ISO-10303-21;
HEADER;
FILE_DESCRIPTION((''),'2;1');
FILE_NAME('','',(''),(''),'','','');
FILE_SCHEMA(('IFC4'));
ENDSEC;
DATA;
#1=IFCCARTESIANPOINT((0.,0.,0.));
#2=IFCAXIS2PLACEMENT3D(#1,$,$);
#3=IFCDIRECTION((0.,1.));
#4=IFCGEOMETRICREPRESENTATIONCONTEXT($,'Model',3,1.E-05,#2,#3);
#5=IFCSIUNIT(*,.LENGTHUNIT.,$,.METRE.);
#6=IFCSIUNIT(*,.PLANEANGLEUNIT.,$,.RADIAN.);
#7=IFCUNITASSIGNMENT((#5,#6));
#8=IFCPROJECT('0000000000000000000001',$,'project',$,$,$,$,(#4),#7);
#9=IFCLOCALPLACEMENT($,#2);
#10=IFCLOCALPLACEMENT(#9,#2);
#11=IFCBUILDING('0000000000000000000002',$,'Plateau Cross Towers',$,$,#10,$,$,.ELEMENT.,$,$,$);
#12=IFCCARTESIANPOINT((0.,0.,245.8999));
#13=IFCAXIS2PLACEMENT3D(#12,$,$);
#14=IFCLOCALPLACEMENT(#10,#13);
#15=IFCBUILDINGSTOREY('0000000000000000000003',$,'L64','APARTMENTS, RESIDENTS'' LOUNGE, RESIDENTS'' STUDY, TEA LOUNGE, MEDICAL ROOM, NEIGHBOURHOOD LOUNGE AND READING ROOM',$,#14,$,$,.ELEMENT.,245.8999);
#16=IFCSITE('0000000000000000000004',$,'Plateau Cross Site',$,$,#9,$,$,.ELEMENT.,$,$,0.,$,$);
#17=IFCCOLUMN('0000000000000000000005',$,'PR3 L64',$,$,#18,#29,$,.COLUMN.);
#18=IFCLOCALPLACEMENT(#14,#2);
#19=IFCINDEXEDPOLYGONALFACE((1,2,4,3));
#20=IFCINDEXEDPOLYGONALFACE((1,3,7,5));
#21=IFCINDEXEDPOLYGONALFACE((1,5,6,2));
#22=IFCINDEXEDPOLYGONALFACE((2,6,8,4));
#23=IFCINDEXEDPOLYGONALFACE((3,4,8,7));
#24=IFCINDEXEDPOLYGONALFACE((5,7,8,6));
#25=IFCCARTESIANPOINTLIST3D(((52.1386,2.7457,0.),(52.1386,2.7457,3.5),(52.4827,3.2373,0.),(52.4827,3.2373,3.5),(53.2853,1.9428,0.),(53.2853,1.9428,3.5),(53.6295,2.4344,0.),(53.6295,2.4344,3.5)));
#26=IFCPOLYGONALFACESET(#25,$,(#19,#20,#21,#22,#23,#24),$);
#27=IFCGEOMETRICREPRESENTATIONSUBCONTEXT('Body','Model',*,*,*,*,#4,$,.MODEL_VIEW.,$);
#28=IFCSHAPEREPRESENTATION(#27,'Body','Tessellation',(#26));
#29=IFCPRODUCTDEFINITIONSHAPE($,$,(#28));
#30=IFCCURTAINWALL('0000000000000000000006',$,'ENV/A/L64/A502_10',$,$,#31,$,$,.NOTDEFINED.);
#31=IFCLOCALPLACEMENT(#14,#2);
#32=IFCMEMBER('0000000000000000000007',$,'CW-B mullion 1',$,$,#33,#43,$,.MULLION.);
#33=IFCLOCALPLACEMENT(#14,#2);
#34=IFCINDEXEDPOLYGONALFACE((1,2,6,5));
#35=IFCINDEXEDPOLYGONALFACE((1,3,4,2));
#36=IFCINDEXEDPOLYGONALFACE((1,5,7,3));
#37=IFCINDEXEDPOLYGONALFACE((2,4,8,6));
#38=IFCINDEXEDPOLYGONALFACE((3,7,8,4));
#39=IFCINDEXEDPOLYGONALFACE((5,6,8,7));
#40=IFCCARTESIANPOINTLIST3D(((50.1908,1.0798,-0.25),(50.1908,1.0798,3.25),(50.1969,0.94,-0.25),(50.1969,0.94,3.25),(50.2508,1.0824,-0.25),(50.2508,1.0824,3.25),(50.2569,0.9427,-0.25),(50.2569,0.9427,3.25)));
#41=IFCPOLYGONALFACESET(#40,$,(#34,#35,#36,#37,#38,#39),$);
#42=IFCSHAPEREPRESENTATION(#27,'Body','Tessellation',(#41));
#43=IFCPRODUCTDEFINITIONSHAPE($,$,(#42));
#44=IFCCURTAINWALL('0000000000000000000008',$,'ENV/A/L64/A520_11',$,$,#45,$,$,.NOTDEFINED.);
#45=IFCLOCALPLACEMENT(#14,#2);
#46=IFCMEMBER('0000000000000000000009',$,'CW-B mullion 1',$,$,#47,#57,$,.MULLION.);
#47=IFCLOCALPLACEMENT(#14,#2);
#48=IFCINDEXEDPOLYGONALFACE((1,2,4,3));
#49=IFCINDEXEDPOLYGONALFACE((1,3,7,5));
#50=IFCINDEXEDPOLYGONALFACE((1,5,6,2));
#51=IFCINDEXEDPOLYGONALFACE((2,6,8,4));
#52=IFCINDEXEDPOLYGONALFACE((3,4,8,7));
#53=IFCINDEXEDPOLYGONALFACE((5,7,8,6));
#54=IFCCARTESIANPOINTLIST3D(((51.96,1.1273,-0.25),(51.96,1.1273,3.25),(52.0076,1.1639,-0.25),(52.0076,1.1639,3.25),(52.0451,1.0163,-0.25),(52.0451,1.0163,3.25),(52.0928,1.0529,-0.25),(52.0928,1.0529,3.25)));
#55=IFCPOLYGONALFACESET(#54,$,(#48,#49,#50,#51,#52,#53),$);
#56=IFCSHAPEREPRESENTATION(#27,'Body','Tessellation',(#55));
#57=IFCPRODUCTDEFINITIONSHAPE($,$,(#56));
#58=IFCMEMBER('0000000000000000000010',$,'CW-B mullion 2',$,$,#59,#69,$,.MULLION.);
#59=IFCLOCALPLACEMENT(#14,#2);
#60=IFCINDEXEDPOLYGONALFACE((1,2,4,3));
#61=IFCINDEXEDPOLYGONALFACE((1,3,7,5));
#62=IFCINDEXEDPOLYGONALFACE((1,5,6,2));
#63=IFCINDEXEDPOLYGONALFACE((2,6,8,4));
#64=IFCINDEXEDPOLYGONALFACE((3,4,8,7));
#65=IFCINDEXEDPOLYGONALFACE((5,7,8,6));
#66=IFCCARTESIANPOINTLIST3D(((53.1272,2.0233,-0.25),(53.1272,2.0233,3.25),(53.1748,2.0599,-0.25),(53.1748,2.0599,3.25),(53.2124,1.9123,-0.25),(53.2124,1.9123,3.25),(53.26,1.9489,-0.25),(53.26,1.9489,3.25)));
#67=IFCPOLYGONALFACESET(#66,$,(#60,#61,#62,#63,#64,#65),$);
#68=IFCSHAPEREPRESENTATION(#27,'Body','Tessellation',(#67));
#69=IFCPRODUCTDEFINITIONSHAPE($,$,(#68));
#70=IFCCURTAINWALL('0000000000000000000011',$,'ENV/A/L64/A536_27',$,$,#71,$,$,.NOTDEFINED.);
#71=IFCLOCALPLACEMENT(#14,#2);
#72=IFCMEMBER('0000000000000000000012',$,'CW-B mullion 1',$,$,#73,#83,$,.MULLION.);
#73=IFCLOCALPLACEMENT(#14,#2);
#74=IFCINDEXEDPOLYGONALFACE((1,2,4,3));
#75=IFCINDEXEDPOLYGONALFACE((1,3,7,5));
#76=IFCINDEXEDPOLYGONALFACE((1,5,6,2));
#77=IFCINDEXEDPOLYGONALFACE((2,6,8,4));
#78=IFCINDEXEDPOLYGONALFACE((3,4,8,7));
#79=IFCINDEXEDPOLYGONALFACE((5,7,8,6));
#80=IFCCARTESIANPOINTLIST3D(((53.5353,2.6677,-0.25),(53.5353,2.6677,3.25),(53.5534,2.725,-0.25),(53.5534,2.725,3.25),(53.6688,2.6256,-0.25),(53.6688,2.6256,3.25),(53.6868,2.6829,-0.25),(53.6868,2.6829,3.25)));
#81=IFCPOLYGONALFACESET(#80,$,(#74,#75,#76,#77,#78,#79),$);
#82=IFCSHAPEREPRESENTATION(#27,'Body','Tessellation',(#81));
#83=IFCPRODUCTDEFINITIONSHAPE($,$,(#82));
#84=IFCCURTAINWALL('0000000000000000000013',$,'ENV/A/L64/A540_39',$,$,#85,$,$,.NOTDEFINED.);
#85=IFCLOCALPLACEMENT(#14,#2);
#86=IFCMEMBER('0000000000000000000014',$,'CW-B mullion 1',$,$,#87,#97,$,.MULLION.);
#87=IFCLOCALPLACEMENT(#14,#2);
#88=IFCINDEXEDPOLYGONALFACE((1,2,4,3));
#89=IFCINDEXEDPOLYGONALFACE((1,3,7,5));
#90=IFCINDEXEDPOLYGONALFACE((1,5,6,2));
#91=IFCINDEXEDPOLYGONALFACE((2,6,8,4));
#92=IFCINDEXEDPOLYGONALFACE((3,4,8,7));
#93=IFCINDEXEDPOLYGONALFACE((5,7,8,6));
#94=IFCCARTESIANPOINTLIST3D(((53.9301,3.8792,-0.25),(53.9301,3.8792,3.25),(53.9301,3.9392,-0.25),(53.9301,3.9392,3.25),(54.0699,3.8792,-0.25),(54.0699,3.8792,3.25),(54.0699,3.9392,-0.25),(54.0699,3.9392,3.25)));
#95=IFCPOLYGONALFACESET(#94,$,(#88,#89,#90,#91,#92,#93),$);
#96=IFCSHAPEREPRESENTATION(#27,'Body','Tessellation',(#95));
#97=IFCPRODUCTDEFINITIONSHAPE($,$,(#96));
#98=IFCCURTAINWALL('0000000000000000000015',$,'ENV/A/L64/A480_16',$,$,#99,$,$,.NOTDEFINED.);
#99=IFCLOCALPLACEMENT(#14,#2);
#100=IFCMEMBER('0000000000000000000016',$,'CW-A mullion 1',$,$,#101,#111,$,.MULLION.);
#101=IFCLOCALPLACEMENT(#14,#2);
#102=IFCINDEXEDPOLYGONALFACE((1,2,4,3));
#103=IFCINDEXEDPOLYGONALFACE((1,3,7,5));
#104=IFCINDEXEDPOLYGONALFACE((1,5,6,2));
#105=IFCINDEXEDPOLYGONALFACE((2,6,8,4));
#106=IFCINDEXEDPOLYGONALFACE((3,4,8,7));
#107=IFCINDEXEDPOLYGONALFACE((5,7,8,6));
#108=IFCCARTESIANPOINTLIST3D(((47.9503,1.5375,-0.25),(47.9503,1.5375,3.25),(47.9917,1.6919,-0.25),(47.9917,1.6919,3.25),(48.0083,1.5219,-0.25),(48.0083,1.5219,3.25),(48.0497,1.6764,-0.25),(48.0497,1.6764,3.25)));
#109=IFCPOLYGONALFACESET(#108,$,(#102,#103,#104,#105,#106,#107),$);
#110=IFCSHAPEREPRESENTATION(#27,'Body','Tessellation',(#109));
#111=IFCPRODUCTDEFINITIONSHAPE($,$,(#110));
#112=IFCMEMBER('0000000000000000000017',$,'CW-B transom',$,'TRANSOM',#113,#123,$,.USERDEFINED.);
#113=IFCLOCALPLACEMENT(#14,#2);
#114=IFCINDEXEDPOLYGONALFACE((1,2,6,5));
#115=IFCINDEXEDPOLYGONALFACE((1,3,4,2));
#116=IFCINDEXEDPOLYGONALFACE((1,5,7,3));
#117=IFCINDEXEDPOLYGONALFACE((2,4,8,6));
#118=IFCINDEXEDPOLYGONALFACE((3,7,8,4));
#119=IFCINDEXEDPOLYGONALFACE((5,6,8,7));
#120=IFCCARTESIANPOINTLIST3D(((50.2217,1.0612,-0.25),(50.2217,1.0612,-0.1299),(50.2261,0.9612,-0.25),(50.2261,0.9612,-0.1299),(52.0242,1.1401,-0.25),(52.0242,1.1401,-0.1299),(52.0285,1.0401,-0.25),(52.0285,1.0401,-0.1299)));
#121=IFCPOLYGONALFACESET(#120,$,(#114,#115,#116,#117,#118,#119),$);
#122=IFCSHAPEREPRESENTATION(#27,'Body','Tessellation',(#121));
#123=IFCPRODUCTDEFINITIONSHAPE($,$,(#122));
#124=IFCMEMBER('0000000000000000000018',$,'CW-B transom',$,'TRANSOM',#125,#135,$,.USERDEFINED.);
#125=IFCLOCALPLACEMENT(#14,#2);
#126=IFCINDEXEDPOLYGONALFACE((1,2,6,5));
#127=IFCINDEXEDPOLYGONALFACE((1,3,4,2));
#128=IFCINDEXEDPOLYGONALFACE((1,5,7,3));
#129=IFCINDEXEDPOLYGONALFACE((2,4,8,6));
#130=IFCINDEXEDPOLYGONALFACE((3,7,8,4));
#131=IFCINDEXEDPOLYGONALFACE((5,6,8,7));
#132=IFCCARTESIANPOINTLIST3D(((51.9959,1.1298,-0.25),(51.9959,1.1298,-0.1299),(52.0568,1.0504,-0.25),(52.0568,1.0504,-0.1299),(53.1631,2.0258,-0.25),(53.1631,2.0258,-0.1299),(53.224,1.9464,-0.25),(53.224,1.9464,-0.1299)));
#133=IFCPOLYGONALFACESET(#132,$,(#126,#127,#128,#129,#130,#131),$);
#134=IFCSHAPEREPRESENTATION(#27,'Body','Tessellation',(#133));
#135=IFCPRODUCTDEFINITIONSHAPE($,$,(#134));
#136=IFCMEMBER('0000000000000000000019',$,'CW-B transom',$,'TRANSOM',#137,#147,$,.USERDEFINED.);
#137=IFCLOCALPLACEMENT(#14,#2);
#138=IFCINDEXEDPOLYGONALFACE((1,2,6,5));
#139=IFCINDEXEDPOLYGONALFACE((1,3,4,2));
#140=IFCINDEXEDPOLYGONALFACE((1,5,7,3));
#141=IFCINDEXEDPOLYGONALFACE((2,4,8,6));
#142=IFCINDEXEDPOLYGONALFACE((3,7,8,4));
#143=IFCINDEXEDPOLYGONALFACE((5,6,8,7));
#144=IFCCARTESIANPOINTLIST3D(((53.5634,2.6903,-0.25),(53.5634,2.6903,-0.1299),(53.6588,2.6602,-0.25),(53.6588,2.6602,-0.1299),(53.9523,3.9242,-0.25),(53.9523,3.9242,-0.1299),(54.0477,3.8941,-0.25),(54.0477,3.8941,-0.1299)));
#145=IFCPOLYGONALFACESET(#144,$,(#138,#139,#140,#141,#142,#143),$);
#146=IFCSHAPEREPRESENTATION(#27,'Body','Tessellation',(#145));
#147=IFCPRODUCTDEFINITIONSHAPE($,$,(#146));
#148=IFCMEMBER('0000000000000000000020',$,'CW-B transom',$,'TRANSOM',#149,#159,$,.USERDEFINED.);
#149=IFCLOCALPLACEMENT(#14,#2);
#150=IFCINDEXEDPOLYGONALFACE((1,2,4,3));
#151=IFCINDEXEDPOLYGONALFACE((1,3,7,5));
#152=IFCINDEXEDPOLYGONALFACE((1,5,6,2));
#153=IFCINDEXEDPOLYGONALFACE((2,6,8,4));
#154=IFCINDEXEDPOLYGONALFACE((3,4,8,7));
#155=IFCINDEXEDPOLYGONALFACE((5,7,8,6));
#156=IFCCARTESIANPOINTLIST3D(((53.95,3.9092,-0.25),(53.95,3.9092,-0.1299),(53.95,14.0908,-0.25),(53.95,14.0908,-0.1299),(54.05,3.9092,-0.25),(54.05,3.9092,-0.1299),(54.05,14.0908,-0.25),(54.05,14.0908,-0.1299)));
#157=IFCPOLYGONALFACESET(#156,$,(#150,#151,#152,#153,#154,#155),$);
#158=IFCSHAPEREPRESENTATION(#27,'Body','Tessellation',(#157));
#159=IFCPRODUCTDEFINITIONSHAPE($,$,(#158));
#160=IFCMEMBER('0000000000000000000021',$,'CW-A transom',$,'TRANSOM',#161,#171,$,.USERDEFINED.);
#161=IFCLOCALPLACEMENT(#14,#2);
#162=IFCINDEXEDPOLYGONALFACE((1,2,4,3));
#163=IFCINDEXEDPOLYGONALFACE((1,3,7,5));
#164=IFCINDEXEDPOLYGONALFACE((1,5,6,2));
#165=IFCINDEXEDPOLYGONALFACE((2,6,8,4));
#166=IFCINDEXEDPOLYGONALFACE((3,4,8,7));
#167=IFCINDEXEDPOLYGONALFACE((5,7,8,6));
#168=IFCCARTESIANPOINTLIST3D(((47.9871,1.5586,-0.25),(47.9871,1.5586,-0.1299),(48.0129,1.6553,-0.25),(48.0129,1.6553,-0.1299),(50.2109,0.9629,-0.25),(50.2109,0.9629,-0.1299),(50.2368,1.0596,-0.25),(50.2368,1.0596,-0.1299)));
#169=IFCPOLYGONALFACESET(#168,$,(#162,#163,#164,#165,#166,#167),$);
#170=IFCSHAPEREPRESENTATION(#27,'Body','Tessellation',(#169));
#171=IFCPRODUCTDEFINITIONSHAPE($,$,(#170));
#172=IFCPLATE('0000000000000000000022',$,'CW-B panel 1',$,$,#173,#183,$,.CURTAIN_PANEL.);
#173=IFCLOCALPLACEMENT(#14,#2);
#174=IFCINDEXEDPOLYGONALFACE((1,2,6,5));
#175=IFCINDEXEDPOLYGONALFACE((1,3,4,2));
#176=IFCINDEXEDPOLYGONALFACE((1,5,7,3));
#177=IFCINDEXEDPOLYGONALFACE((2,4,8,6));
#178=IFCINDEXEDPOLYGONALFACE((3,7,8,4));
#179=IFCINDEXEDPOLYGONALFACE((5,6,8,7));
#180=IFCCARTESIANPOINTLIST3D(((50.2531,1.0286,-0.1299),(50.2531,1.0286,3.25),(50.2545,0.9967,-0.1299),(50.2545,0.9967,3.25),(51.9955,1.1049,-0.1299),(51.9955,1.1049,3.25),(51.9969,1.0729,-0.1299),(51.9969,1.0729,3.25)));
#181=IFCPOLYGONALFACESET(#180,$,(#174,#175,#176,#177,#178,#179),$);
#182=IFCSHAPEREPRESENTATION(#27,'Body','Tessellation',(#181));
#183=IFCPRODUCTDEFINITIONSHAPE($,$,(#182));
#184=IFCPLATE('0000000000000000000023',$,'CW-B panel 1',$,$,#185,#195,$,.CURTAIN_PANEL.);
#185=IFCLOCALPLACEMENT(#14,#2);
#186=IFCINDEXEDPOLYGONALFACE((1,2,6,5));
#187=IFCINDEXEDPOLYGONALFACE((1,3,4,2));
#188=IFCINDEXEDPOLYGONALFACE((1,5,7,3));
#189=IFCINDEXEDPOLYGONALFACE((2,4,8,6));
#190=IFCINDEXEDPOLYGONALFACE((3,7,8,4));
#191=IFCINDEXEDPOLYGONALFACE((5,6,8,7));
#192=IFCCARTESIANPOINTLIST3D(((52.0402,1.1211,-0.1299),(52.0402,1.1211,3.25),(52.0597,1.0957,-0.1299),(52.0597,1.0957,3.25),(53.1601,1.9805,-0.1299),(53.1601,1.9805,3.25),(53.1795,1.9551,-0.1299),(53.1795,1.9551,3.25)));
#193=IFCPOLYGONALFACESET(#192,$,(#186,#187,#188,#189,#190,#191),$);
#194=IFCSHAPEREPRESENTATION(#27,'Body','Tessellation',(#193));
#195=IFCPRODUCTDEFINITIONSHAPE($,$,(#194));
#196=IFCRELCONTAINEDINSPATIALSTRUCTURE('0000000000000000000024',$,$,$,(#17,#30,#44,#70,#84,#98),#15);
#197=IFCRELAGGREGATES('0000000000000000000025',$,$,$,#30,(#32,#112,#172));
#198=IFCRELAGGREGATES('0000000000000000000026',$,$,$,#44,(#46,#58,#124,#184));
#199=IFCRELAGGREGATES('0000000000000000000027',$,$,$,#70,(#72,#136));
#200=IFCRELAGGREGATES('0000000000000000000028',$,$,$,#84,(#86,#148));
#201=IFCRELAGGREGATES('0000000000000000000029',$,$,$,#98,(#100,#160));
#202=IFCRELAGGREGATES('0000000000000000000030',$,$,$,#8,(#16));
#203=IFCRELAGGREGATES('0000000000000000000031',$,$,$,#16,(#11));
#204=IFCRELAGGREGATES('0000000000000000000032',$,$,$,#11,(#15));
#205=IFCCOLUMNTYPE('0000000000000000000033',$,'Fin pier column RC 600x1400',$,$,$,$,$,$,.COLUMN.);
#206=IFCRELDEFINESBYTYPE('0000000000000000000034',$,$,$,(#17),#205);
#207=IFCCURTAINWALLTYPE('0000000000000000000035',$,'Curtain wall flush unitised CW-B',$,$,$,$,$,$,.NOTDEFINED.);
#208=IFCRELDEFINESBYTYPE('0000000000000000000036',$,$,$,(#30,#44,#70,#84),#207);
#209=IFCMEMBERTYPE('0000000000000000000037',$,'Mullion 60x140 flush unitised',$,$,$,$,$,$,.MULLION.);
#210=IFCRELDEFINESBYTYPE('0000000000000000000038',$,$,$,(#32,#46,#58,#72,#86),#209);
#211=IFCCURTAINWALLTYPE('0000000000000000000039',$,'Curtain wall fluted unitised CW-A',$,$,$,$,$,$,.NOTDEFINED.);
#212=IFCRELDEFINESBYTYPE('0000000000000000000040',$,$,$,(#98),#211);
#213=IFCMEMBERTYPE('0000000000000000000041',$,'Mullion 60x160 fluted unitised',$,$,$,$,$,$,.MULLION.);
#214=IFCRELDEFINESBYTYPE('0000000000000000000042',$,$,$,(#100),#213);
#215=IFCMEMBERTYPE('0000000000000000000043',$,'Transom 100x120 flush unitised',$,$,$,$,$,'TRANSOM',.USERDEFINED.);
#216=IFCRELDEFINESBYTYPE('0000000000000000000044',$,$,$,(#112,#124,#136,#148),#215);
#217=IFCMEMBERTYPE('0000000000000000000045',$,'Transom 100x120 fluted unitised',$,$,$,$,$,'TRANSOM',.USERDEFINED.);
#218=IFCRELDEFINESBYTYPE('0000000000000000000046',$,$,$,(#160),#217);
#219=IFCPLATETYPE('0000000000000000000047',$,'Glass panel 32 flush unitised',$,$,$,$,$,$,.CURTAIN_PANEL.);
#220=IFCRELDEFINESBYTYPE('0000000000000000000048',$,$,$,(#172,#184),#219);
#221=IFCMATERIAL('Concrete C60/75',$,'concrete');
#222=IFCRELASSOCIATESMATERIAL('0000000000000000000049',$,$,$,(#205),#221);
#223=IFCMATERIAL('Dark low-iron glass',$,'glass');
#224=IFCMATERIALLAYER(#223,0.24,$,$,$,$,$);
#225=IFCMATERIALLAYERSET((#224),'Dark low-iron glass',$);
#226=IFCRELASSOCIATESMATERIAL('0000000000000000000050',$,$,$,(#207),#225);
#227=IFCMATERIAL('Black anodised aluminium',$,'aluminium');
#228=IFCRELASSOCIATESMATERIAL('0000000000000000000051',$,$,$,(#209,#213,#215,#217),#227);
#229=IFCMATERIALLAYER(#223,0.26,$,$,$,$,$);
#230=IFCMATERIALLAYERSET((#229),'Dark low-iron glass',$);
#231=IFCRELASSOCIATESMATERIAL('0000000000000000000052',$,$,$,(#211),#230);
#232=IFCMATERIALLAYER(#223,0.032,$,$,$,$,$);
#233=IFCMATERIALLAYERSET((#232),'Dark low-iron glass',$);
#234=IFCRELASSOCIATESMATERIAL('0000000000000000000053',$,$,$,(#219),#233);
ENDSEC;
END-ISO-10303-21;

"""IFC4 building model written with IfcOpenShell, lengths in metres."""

from ifc_helpers import new_model, si_unit, direction, frame, origin, origin_2d, place, context, subcontext, project, spatial, rectangle, extrude, material, layer, layer_set, material_profile, profile_set, type_object, element, aggregate, save


model = new_model("IFC4")

# Units and contexts
model_context = context("Model", 3, precision=1e-05, world=origin(), true_north=direction((0.0, 1.0)))
body_context = subcontext(model_context, "Body", "Model", "MODEL_VIEW")
ifc_project = project(units=[si_unit("LENGTHUNIT", "METRE"), si_unit("PLANEANGLEUNIT", "RADIAN")], contexts=[model_context])

# Site, building, storey
site_placement = place(None, origin())
site = spatial("IfcSite", under=ifc_project, at=site_placement, Name="Plateau Cross Site", CompositionType="ELEMENT", RefElevation=0.0)
building_placement = place(site_placement, origin())
building = spatial("IfcBuilding", under=site, at=building_placement, Name="Plateau Cross Towers", CompositionType="ELEMENT")
storey_placement = place(building_placement, frame((0.0, 0.0, 245.8999)))
storey = spatial("IfcBuildingStorey", under=building, at=storey_placement, Name="L64", Description="APARTMENTS, RESIDENTS' LOUNGE, RESIDENTS' STUDY, TEA LOUNGE, MEDICAL ROOM, NEIGHBOURHOOD LOUNGE AND READING ROOM", CompositionType="ELEMENT", Elevation=245.8999)

# Column
ifc_material_1 = material(Name="Concrete C60/75", Category="concrete")
ifc_material_profile_1 = material_profile(ifc_material_1, rectangle(XDim=0.6001, YDim=1.3999, at=origin_2d()), Name="RC 600x1400")
ifc_profile_set_1 = profile_set([ifc_material_profile_1], Name="Concrete C60/75")
column_type = type_object("IfcColumnType", Name="Fin pier column RC 600x1400", PredefinedType="COLUMN", material=ifc_profile_set_1)
column_placement = place(storey_placement, frame((52.884, 2.5901, 0.0), z_axis=(0.0, 0.0, 1.0), x_axis=(0.573543, 0.819176, 0.0)))
element("IfcColumn", 1, at=column_placement, inside=storey, type_object=column_type, Name="PR3 L64", PredefinedType="COLUMN", context=body_context, shape_type="SweptSolid", body=[
    extrude(rectangle(XDim=0.6001, YDim=1.3999, at=origin_2d()), origin(), (0.0, 0.0, 1.0), 3.5),
])

# Curtain wall, member
ifc_material_2 = material(Name="Dark low-iron glass", Category="glass")
ifc_layer_1 = layer(ifc_material_2, 0.24)
ifc_layer_set_1 = layer_set([ifc_layer_1], Name="Dark low-iron glass")
curtain_wall_type_1 = type_object("IfcCurtainWallType", Name="Curtain wall flush unitised CW-B", PredefinedType="NOTDEFINED", material=ifc_layer_set_1)
curtain_wall_1_placement = place(storey_placement, origin())
curtain_wall_1 = element("IfcCurtainWall", 2, at=curtain_wall_1_placement, inside=storey, type_object=curtain_wall_type_1, Name="ENV/A/L64/A502_10", PredefinedType="NOTDEFINED")
ifc_material_3 = material(Name="Black anodised aluminium", Category="aluminium")
ifc_material_profile_2 = material_profile(ifc_material_3, rectangle(XDim=0.0601, YDim=0.1399, at=origin_2d()), Name="MULLION 60x140")
ifc_profile_set_2 = profile_set([ifc_material_profile_2], Name="Black anodised aluminium")
member_type_1 = type_object("IfcMemberType", Name="Mullion 60x140 flush unitised", PredefinedType="MULLION", material=ifc_profile_set_2)
member_1_placement = place(storey_placement, frame((50.2239, 1.0112, -0.25), z_axis=(0.0, 0.0, 1.0), x_axis=(0.999044, 0.043723, 0.0)))
member_1 = element("IfcMember", 3, at=member_1_placement, type_object=member_type_1, Name="CW-B mullion 1", PredefinedType="MULLION", context=body_context, shape_type="SweptSolid", body=[
    extrude(rectangle(XDim=0.0601, YDim=0.1399, at=origin_2d()), origin(), (0.0, 0.0, 1.0), 3.5),
])

# Curtain wall, members
curtain_wall_2_placement = place(storey_placement, origin())
curtain_wall_2 = element("IfcCurtainWall", 4, at=curtain_wall_2_placement, inside=storey, type_object=curtain_wall_type_1, Name="ENV/A/L64/A520_11", PredefinedType="NOTDEFINED")
member_2_placement = place(storey_placement, frame((52.0264, 1.0901, -0.25), z_axis=(0.0, 0.0, 1.0), x_axis=(0.793316, 0.608811, 0.0)))
member_2 = element("IfcMember", 5, at=member_2_placement, type_object=member_type_1, Name="CW-B mullion 1", PredefinedType="MULLION", context=body_context, shape_type="SweptSolid", body=[
    extrude(rectangle(XDim=0.0601, YDim=0.1399, at=origin_2d()), origin(), (0.0, 0.0, 1.0), 3.5),
])
member_3_placement = place(storey_placement, frame((53.1936, 1.9861, -0.25), z_axis=(0.0, 0.0, 1.0), x_axis=(0.793316, 0.608811, 0.0)))
member_3 = element("IfcMember", 6, at=member_3_placement, type_object=member_type_1, Name="CW-B mullion 2", PredefinedType="MULLION", context=body_context, shape_type="SweptSolid", body=[
    extrude(rectangle(XDim=0.0601, YDim=0.1399, at=origin_2d()), origin(), (0.0, 0.0, 1.0), 3.5),
])

# Curtain walls, members
curtain_wall_3_placement = place(storey_placement, origin())
curtain_wall_3 = element("IfcCurtainWall", 7, at=curtain_wall_3_placement, inside=storey, type_object=curtain_wall_type_1, Name="ENV/A/L64/A536_27", PredefinedType="NOTDEFINED")
member_4_placement = place(storey_placement, frame((53.6111, 2.6753, -0.25), z_axis=(0.0, 0.0, 1.0), x_axis=(0.300686, 0.953723, 0.0)))
member_4 = element("IfcMember", 8, at=member_4_placement, type_object=member_type_1, Name="CW-B mullion 1", PredefinedType="MULLION", context=body_context, shape_type="SweptSolid", body=[
    extrude(rectangle(XDim=0.0601, YDim=0.1399, at=origin_2d()), origin(), (0.0, 0.0, 1.0), 3.5),
])
curtain_wall_4_placement = place(storey_placement, origin())
curtain_wall_4 = element("IfcCurtainWall", 9, at=curtain_wall_4_placement, inside=storey, type_object=curtain_wall_type_1, Name="ENV/A/L64/A540_39", PredefinedType="NOTDEFINED")
member_5_placement = place(storey_placement, frame((54.0, 3.9092, -0.25), z_axis=(0.0, 0.0, 1.0), x_axis=(0.0, 1.0, 0.0)))
member_5 = element("IfcMember", 10, at=member_5_placement, type_object=member_type_1, Name="CW-B mullion 1", PredefinedType="MULLION", context=body_context, shape_type="SweptSolid", body=[
    extrude(rectangle(XDim=0.0601, YDim=0.1399, at=origin_2d()), origin(), (0.0, 0.0, 1.0), 3.5),
])
ifc_layer_2 = layer(ifc_material_2, 0.26)
ifc_layer_set_2 = layer_set([ifc_layer_2], Name="Dark low-iron glass")
curtain_wall_type_2 = type_object("IfcCurtainWallType", Name="Curtain wall fluted unitised CW-A", PredefinedType="NOTDEFINED", material=ifc_layer_set_2)
curtain_wall_5_placement = place(storey_placement, origin())
curtain_wall_5 = element("IfcCurtainWall", 11, at=curtain_wall_5_placement, inside=storey, type_object=curtain_wall_type_2, Name="ENV/A/L64/A480_16", PredefinedType="NOTDEFINED")
ifc_material_profile_3 = material_profile(ifc_material_3, rectangle(XDim=0.0601, YDim=0.1599, at=origin_2d()), Name="MULLION 60x160")
ifc_profile_set_3 = profile_set([ifc_material_profile_3], Name="Black anodised aluminium")
member_type_2 = type_object("IfcMemberType", Name="Mullion 60x160 fluted unitised", PredefinedType="MULLION", material=ifc_profile_set_3)
member_6_placement = place(storey_placement, frame((48.0, 1.6069, -0.25), z_axis=(0.0, 0.0, 1.0), x_axis=(0.965958, -0.258699, 0.0)))
member_6 = element("IfcMember", 12, at=member_6_placement, type_object=member_type_2, Name="CW-A mullion 1", PredefinedType="MULLION", context=body_context, shape_type="SweptSolid", body=[
    extrude(rectangle(XDim=0.0601, YDim=0.1599, at=origin_2d()), origin(), (0.0, 0.0, 1.0), 3.5),
])

# Members
ifc_material_profile_4 = material_profile(ifc_material_3, rectangle(XDim=0.1001, YDim=0.1201, at=origin_2d()), Name="TRANSOM 100x120")
ifc_profile_set_4 = profile_set([ifc_material_profile_4], Name="Black anodised aluminium")
member_type_3 = type_object("IfcMemberType", Name="Transom 100x120 flush unitised", ElementType="TRANSOM", PredefinedType="USERDEFINED", material=ifc_profile_set_4)
member_7_placement = place(storey_placement, frame((50.2239, 1.0112, -0.1899), z_axis=(0.999044, 0.043707, 0.0), x_axis=(-0.043707, 0.999044, 0.0)))
member_7 = element("IfcMember", 13, at=member_7_placement, type_object=member_type_3, Name="CW-B transom", ObjectType="TRANSOM", PredefinedType="USERDEFINED", context=body_context, shape_type="SweptSolid", body=[
    extrude(rectangle(XDim=0.1001, YDim=0.1201, at=origin_2d()), origin(), (0.0, 0.0, 1.0), 1.8042),
])
member_8_placement = place(storey_placement, frame((52.0264, 1.0901, -0.1899), z_axis=(0.79324, 0.608909, 0.0), x_axis=(-0.608909, 0.79324, 0.0)))
member_8 = element("IfcMember", 14, at=member_8_placement, type_object=member_type_3, Name="CW-B transom", ObjectType="TRANSOM", PredefinedType="USERDEFINED", context=body_context, shape_type="SweptSolid", body=[
    extrude(rectangle(XDim=0.1001, YDim=0.1201, at=origin_2d()), origin(), (0.0, 0.0, 1.0), 1.4714),
])
member_9_placement = place(storey_placement, frame((53.6111, 2.6753, -0.1899), z_axis=(0.300617, 0.953745, 0.0), x_axis=(-0.953745, 0.300617, 0.0)))
member_9 = element("IfcMember", 15, at=member_9_placement, type_object=member_type_3, Name="CW-B transom", ObjectType="TRANSOM", PredefinedType="USERDEFINED", context=body_context, shape_type="SweptSolid", body=[
    extrude(rectangle(XDim=0.1001, YDim=0.1201, at=origin_2d()), origin(), (0.0, 0.0, 1.0), 1.2937),
])
member_10_placement = place(storey_placement, frame((54.0, 3.9092, -0.1899), z_axis=(0.0, 1.0, 0.0), x_axis=(-1.0, 0.0, 0.0)))
member_10 = element("IfcMember", 16, at=member_10_placement, type_object=member_type_3, Name="CW-B transom", ObjectType="TRANSOM", PredefinedType="USERDEFINED", context=body_context, shape_type="SweptSolid", body=[
    extrude(rectangle(XDim=0.1001, YDim=0.1201, at=origin_2d()), origin(), (0.0, 0.0, 1.0), 10.1816),
])
ifc_material_profile_5 = material_profile(ifc_material_3, rectangle(XDim=0.1001, YDim=0.1201, at=origin_2d()), Name="TRANSOM 100x120")
ifc_profile_set_5 = profile_set([ifc_material_profile_5], Name="Black anodised aluminium")
member_type_4 = type_object("IfcMemberType", Name="Transom 100x120 fluted unitised", ElementType="TRANSOM", PredefinedType="USERDEFINED", material=ifc_profile_set_5)
member_11_placement = place(storey_placement, frame((48.0, 1.6069, -0.1899), z_axis=(0.965946, -0.258745, 0.0), x_axis=(0.258745, 0.965946, 0.0)))
member_11 = element("IfcMember", 17, at=member_11_placement, type_object=member_type_4, Name="CW-A transom", ObjectType="TRANSOM", PredefinedType="USERDEFINED", context=body_context, shape_type="SweptSolid", body=[
    extrude(rectangle(XDim=0.1001, YDim=0.1201, at=origin_2d()), origin(), (0.0, 0.0, 1.0), 2.3022),
])

# Plates
ifc_layer_3 = layer(ifc_material_2, 0.032)
ifc_layer_set_3 = layer_set([ifc_layer_3], Name="Dark low-iron glass")
plate_type_1 = type_object("IfcPlateType", Name="Glass panel 32 flush unitised", PredefinedType="CURTAIN_PANEL", material=ifc_layer_set_3)
plate_1_placement = place(storey_placement, frame((51.125, 1.0508, -0.1299), z_axis=(0.0, 0.0, 1.0), x_axis=(0.999044, 0.043723, 0.0)))
plate_1 = element("IfcPlate", 18, at=plate_1_placement, type_object=plate_type_1, Name="CW-B panel 1", PredefinedType="CURTAIN_PANEL", context=body_context, shape_type="SweptSolid", body=[
    extrude(rectangle(XDim=1.7441, YDim=0.032, at=origin_2d()), origin(), (0.0, 0.0, 1.0), 3.3799),
])
aggregate(curtain_wall_1, [member_1, member_7, plate_1])
plate_2_placement = place(storey_placement, frame((52.6099, 1.5381, -0.1299), z_axis=(0.0, 0.0, 1.0), x_axis=(0.793316, 0.608811, 0.0)))
plate_2 = element("IfcPlate", 19, at=plate_2_placement, type_object=plate_type_1, Name="CW-B panel 1", PredefinedType="CURTAIN_PANEL", context=body_context, shape_type="SweptSolid", body=[
    extrude(rectangle(XDim=1.4116, YDim=0.032, at=origin_2d()), origin(), (0.0, 0.0, 1.0), 3.3799),
])
aggregate(curtain_wall_2, [member_2, member_3, member_8, plate_2])
aggregate(curtain_wall_3, [member_4, member_9])
aggregate(curtain_wall_4, [member_5, member_10])

aggregate(curtain_wall_5, [member_6, member_11])

save(model, "model.ifc")
